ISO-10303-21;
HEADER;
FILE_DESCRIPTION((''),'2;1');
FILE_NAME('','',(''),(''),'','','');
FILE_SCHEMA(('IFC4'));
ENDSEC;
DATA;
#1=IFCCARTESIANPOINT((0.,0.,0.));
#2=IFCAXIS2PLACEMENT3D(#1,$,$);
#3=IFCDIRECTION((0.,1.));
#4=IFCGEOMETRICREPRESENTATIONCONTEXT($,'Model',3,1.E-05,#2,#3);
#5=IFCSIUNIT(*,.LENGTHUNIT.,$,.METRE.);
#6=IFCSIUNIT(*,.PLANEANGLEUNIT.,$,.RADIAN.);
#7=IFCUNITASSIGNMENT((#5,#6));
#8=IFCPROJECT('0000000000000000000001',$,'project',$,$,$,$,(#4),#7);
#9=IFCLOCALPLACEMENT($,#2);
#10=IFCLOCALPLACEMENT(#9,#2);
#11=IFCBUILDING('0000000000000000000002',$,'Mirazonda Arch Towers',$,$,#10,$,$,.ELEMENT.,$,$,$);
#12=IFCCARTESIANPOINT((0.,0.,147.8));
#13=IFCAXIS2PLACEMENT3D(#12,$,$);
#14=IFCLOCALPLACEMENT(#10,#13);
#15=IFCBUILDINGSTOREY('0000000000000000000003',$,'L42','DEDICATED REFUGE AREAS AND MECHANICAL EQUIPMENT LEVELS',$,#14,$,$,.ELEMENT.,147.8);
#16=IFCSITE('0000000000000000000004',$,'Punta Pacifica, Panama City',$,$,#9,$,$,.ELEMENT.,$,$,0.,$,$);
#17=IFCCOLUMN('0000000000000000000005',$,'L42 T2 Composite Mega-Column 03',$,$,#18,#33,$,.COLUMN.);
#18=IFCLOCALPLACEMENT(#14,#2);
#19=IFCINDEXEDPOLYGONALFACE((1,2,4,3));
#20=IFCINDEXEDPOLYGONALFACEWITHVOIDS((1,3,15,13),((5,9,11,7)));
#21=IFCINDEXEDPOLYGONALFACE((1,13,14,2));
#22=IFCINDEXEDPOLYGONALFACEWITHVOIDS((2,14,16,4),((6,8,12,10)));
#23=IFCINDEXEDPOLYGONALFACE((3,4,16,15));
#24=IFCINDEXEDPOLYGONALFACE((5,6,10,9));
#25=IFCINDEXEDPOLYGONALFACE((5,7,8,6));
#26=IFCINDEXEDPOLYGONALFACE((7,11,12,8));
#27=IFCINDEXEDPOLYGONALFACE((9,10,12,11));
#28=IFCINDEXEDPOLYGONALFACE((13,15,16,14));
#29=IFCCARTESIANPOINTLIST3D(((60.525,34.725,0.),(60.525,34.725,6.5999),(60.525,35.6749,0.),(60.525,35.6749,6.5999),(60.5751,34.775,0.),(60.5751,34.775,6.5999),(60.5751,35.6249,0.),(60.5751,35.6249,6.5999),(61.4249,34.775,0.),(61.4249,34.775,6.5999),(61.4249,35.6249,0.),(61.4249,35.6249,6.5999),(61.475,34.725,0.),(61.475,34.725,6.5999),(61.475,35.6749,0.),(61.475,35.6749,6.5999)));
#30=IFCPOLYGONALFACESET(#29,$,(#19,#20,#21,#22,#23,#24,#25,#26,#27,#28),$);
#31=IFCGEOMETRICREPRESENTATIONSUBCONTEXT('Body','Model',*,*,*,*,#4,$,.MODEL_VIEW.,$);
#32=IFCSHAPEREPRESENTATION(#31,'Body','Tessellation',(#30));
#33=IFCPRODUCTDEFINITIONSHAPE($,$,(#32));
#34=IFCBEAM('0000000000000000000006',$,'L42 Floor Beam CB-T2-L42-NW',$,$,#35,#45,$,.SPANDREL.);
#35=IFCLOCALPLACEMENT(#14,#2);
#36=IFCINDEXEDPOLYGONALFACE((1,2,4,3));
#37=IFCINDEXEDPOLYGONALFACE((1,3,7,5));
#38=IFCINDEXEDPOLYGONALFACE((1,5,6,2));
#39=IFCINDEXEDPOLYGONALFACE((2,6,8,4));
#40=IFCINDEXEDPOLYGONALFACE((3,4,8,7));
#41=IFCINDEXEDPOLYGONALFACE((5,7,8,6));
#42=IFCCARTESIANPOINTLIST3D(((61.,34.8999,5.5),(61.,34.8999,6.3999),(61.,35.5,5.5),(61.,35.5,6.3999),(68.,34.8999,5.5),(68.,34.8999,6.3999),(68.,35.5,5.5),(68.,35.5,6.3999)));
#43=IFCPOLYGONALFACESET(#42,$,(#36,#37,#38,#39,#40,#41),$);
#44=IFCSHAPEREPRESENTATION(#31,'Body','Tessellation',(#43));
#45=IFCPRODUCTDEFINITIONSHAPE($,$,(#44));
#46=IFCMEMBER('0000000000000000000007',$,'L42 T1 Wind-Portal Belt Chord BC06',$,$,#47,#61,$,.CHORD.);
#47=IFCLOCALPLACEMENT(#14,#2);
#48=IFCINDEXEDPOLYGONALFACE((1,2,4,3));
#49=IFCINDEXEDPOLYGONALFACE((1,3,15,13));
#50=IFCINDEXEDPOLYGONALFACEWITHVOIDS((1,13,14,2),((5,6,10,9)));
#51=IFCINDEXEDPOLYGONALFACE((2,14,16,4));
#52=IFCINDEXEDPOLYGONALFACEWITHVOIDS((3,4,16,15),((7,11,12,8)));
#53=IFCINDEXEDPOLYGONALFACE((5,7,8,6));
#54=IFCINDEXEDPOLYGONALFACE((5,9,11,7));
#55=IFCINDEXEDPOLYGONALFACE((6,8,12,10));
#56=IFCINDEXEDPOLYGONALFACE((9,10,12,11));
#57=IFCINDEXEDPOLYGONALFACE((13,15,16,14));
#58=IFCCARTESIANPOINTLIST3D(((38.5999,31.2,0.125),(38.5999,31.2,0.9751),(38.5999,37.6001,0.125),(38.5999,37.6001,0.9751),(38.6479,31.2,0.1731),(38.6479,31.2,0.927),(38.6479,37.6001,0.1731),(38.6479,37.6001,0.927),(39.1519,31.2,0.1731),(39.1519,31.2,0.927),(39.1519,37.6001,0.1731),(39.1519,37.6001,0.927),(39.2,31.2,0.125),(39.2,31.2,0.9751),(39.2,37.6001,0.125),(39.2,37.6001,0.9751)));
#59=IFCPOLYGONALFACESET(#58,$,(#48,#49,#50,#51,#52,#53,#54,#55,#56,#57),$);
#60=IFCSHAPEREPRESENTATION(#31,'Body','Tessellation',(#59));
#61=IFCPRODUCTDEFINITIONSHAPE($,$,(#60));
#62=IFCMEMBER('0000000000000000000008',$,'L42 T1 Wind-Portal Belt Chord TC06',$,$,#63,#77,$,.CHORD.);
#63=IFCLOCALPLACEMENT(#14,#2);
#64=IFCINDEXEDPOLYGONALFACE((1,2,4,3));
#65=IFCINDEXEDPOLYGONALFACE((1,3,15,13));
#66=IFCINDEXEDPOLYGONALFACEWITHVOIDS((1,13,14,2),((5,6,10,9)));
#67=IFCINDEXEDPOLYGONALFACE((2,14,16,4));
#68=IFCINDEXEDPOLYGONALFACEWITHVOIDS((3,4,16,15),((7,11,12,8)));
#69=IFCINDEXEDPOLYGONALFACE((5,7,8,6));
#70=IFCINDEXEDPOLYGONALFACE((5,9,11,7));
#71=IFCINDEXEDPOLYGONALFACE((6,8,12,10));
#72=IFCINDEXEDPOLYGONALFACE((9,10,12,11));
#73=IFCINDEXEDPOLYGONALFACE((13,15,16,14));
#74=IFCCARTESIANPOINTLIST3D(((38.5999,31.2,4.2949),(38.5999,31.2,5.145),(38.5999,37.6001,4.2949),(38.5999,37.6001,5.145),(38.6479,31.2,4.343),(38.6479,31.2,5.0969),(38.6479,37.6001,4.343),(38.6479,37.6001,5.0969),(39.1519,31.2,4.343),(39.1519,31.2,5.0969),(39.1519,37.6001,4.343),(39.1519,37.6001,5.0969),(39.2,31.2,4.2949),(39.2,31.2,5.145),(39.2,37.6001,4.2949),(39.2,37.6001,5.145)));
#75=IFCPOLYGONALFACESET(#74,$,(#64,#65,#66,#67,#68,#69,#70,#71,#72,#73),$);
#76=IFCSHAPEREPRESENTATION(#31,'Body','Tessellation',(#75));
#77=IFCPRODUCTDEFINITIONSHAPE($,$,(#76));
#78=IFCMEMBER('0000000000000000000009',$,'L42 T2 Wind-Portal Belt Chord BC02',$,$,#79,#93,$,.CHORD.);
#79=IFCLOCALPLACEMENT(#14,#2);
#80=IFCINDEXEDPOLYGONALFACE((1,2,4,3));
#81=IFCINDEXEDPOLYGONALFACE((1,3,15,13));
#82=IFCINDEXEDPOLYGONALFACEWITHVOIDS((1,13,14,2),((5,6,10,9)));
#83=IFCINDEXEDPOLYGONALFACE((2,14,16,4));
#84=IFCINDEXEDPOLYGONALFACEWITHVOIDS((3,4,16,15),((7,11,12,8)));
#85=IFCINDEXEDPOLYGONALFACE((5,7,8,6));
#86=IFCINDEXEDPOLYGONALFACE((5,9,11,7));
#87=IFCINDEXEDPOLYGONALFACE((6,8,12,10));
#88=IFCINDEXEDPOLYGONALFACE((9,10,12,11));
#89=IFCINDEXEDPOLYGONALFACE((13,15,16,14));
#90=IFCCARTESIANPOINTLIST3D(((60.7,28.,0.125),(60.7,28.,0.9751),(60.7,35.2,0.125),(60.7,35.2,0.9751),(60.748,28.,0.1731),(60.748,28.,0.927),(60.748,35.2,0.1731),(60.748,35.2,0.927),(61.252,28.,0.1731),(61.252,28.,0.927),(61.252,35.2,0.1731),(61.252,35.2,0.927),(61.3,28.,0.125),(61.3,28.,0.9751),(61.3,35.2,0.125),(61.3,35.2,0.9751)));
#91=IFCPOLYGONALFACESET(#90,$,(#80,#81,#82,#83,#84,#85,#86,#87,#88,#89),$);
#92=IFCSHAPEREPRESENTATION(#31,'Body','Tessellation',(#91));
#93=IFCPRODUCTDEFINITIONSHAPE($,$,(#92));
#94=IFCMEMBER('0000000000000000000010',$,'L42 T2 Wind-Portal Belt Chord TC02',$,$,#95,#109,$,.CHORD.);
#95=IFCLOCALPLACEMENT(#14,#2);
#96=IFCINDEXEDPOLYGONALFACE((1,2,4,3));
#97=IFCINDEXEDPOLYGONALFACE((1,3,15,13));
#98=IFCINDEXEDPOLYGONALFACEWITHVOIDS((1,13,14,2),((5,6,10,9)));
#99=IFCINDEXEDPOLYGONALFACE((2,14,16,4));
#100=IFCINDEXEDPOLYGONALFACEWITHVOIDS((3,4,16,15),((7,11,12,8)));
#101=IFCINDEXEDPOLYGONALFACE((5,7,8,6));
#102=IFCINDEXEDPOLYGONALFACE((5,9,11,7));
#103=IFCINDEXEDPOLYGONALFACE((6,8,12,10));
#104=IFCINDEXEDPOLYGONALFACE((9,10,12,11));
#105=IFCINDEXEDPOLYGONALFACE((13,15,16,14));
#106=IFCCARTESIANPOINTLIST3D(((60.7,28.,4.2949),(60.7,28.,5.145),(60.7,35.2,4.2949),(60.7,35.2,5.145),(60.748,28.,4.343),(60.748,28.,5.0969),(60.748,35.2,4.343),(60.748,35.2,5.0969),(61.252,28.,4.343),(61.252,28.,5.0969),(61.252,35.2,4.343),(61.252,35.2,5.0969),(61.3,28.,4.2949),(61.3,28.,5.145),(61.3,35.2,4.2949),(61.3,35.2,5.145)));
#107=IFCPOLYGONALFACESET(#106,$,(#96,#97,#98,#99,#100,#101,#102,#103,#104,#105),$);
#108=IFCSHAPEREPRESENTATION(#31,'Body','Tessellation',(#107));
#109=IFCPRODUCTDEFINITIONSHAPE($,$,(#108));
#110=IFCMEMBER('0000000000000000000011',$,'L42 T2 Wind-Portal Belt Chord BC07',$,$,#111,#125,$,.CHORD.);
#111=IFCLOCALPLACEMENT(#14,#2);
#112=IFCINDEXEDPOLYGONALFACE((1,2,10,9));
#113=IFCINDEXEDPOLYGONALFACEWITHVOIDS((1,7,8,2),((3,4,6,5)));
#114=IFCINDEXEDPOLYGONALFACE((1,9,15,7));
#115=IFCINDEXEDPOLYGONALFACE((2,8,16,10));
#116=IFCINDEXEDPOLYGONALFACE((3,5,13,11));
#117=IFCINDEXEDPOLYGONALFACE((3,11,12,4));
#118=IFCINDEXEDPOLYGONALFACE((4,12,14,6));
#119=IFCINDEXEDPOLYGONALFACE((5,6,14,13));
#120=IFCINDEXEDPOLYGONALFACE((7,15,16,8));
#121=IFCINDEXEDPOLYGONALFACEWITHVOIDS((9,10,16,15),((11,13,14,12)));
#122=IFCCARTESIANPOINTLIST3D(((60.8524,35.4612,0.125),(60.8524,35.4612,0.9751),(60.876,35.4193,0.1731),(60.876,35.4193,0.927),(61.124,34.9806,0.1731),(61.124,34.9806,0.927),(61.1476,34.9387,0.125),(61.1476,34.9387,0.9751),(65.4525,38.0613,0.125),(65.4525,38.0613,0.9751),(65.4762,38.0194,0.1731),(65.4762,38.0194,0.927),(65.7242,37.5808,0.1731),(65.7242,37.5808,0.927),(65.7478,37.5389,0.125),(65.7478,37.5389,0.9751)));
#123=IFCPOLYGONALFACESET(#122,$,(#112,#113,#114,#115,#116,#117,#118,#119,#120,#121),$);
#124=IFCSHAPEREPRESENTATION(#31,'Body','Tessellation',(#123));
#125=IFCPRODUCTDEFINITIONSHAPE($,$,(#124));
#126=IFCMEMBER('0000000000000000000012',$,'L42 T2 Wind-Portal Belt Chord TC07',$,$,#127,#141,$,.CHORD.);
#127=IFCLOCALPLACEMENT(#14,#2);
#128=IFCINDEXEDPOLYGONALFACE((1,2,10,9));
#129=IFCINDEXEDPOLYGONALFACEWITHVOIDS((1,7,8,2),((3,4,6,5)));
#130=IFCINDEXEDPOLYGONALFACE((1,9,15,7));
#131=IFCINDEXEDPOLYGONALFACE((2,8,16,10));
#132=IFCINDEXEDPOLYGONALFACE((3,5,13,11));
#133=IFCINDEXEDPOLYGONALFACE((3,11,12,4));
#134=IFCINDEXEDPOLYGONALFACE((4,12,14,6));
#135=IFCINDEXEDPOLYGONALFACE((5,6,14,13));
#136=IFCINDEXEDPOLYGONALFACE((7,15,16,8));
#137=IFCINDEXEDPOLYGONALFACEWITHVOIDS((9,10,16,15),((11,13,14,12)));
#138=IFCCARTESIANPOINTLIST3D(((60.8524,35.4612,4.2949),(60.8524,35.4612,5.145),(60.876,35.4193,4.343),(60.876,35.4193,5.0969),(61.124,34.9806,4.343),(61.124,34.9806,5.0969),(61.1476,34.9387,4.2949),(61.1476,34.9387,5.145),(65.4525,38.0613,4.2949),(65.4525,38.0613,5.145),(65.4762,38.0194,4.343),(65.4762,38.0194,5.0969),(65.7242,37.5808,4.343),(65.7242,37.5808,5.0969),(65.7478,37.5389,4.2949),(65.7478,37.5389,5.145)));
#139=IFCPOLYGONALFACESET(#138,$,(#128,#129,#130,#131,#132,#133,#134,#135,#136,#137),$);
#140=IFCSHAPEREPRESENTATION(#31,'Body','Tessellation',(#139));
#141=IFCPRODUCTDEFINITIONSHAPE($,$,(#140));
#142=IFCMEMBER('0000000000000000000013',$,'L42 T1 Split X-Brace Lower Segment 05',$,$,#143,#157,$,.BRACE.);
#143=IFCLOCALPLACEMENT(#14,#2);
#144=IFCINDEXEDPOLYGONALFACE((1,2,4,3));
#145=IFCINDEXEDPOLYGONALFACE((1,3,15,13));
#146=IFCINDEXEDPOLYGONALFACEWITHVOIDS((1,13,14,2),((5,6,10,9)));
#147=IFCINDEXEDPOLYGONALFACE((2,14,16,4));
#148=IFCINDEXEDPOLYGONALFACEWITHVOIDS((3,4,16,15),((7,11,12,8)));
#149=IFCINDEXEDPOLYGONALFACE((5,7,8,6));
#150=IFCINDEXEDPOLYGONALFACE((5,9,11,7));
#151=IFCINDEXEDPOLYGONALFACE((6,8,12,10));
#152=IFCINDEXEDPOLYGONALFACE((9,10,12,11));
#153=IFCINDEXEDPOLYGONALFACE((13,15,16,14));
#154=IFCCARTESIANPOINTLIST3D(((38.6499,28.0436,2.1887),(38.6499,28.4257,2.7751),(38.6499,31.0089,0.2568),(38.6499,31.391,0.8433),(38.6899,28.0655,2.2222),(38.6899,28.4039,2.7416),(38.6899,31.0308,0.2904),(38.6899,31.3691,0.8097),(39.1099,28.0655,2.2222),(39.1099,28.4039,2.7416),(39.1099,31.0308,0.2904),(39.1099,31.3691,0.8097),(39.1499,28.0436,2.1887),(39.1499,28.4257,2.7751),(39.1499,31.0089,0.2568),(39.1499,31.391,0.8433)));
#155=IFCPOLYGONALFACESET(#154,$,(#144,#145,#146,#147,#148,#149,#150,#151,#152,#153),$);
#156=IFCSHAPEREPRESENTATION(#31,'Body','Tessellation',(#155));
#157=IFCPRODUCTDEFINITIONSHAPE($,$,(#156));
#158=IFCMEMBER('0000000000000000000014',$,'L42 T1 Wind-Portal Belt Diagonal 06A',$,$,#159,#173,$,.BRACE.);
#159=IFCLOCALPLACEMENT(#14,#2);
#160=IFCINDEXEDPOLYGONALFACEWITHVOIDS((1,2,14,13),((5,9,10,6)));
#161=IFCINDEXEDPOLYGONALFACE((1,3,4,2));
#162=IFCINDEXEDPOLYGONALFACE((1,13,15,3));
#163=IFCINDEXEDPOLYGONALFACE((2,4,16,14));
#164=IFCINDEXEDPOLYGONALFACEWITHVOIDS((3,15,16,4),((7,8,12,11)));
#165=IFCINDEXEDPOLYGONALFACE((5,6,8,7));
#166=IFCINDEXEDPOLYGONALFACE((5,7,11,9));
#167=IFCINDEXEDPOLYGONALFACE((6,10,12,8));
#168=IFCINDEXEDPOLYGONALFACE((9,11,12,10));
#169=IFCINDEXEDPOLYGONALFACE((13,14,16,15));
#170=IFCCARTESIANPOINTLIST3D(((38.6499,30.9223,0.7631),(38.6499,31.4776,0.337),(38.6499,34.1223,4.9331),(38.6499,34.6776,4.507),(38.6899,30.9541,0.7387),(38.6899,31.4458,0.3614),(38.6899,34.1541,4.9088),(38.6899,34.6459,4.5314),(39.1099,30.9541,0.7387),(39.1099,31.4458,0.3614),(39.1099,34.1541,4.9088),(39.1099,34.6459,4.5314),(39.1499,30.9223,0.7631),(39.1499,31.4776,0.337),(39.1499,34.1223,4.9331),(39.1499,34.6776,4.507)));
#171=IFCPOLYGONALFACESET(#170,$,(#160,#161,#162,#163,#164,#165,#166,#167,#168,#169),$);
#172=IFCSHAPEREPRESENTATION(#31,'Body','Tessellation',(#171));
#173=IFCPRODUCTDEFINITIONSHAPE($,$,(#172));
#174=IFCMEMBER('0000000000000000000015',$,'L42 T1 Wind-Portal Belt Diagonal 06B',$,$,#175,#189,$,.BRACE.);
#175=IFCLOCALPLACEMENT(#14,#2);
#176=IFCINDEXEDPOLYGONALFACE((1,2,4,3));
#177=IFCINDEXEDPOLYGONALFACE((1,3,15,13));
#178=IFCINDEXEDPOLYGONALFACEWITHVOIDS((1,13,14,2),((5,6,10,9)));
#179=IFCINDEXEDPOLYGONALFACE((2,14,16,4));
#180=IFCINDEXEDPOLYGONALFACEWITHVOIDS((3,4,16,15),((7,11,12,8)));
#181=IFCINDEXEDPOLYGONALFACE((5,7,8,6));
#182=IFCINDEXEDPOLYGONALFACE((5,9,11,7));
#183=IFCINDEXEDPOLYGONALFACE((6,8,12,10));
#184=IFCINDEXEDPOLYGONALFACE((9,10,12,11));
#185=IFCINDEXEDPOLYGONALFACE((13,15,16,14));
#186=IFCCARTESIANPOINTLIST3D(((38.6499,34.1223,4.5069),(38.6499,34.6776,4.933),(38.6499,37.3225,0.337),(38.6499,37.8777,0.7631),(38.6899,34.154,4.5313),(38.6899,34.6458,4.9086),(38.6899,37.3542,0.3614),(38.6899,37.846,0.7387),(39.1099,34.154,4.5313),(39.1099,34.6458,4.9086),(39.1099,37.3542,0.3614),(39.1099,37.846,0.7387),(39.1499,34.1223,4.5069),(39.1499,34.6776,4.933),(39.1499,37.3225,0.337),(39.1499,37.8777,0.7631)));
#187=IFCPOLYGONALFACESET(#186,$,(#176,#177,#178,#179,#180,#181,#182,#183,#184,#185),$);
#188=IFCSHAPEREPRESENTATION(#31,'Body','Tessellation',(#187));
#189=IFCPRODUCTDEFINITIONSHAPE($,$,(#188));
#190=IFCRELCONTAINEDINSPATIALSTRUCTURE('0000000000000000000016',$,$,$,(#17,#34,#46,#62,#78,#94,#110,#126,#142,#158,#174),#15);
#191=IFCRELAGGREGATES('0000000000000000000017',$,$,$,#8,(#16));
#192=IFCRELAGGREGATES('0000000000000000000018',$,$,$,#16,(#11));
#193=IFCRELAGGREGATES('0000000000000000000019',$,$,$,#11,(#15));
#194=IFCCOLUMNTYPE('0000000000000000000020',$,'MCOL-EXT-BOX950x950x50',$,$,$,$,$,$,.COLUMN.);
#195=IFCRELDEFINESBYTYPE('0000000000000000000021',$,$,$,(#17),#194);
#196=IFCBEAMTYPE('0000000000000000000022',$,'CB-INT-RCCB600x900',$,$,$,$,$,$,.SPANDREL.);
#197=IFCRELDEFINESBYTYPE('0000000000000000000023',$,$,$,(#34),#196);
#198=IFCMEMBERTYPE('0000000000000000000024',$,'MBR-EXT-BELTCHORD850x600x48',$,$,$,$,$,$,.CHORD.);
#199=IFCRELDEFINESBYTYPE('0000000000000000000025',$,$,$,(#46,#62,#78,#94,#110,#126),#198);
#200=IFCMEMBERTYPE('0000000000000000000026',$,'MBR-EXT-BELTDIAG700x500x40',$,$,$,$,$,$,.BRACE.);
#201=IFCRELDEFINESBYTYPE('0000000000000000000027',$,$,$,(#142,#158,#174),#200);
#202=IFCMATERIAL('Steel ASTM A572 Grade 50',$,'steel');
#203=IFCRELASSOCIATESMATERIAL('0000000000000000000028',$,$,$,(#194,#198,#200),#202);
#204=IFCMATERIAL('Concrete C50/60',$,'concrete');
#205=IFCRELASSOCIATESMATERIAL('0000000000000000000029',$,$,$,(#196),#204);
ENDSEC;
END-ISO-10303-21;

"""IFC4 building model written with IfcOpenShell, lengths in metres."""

from ifc_helpers import new_model, si_unit, direction, frame, origin, origin_2d, place, context, subcontext, project, spatial, rectangle, hollow_rectangle, extrude, material, material_profile, profile_set, type_object, element, save


model = new_model("IFC4")

# Units and contexts
model_context = context("Model", 3, precision=1e-05, world=origin(), true_north=direction((0.0, 1.0)))
body_context = subcontext(model_context, "Body", "Model", "MODEL_VIEW")
ifc_project = project(units=[si_unit("LENGTHUNIT", "METRE"), si_unit("PLANEANGLEUNIT", "RADIAN")], contexts=[model_context])

# Site, building, storey
site_placement = place(None, origin())
site = spatial("IfcSite", under=ifc_project, at=site_placement, Name="Punta Pacifica, Panama City", CompositionType="ELEMENT", RefElevation=0.0)
building_placement = place(site_placement, origin())
building = spatial("IfcBuilding", under=site, at=building_placement, Name="Mirazonda Arch Towers", CompositionType="ELEMENT")
storey_placement = place(building_placement, frame((0.0, 0.0, 147.8)))
storey = spatial("IfcBuildingStorey", under=building, at=storey_placement, Name="L42", Description="DEDICATED REFUGE AREAS AND MECHANICAL EQUIPMENT LEVELS", CompositionType="ELEMENT", Elevation=147.8)

# Column
ifc_material_1 = material(Name="Steel ASTM A572 Grade 50", Category="steel")
ifc_material_profile_1 = material_profile(ifc_material_1, hollow_rectangle(XDim=0.95, YDim=0.95, WallThickness=0.05, at=origin_2d()), Name="BOX950x950x50")
ifc_profile_set_1 = profile_set([ifc_material_profile_1], Name="Steel ASTM A572 Grade 50")
column_type = type_object("IfcColumnType", Name="MCOL-EXT-BOX950x950x50", PredefinedType="COLUMN", material=ifc_profile_set_1)
column_placement = place(storey_placement, frame((61.0, 35.2, 0.0), z_axis=(0.0, 0.0, 1.0), x_axis=(1.0, 0.0, 0.0)))
element("IfcColumn", 1, at=column_placement, inside=storey, type_object=column_type, Name="L42 T2 Composite Mega-Column 03", PredefinedType="COLUMN", context=body_context, shape_type="SweptSolid", body=[
    extrude(hollow_rectangle(XDim=0.95, YDim=0.95, WallThickness=0.05, at=origin_2d()), origin(), (0.0, 0.0, 1.0), 6.5999),
])

# Beam
ifc_material_2 = material(Name="Concrete C50/60", Category="concrete")
ifc_material_profile_2 = material_profile(ifc_material_2, rectangle(XDim=0.6001, YDim=0.8999, at=origin_2d()), Name="RCCB600x900")
ifc_profile_set_2 = profile_set([ifc_material_profile_2], Name="Concrete C50/60")
beam_type = type_object("IfcBeamType", Name="CB-INT-RCCB600x900", PredefinedType="SPANDREL", material=ifc_profile_set_2)
beam_placement = place(storey_placement, frame((61.0, 35.2, 5.95), z_axis=(1.0, 0.0, 0.0), x_axis=(0.0, 1.0, 0.0)))
element("IfcBeam", 2, at=beam_placement, inside=storey, type_object=beam_type, Name="L42 Floor Beam CB-T2-L42-NW", PredefinedType="SPANDREL", context=body_context, shape_type="SweptSolid", body=[
    extrude(rectangle(XDim=0.6001, YDim=0.8999, at=origin_2d()), origin(), (0.0, 0.0, 1.0), 7.0),
])

# Members
ifc_material_profile_3 = material_profile(ifc_material_1, hollow_rectangle(XDim=0.6001, YDim=0.8501, WallThickness=0.0481, at=origin_2d()), Name="BELTCHORD850x600x48")
ifc_profile_set_3 = profile_set([ifc_material_profile_3], Name="Steel ASTM A572 Grade 50")
member_type_1 = type_object("IfcMemberType", Name="MBR-EXT-BELTCHORD850x600x48", PredefinedType="CHORD", material=ifc_profile_set_3)
for number, where, z_axis, x_axis, name in (
    (3, (38.8999, 31.2, 0.55), (0.0, 1.0, 0.0), (-1.0, 0.0, 0.0), "L42 T1 Wind-Portal Belt Chord BC06"),
    (4, (38.8999, 31.2, 4.72), (0.0, 1.0, 0.0), (-1.0, 0.0, 0.0), "L42 T1 Wind-Portal Belt Chord TC06"),
):
    element("IfcMember", number, at=place(storey_placement, frame(where, z_axis=z_axis, x_axis=x_axis)), inside=storey, type_object=member_type_1, Name=name, PredefinedType="CHORD", context=body_context, shape_type="SweptSolid", body=[
        extrude(hollow_rectangle(XDim=0.6001, YDim=0.8501, WallThickness=0.0481, at=origin_2d()), origin(), (0.0, 0.0, 1.0), 6.4001),
    ])
for number, where, z_axis, x_axis, name in (
    (5, (61.0, 28.0, 0.55), (0.0, 1.0, 0.0), (-1.0, 0.0, 0.0), "L42 T2 Wind-Portal Belt Chord BC02"),
    (6, (61.0, 28.0, 4.72), (0.0, 1.0, 0.0), (-1.0, 0.0, 0.0), "L42 T2 Wind-Portal Belt Chord TC02"),
):
    element("IfcMember", number, at=place(storey_placement, frame(where, z_axis=z_axis, x_axis=x_axis)), inside=storey, type_object=member_type_1, Name=name, PredefinedType="CHORD", context=body_context, shape_type="SweptSolid", body=[
        extrude(hollow_rectangle(XDim=0.6001, YDim=0.8501, WallThickness=0.0481, at=origin_2d()), origin(), (0.0, 0.0, 1.0), 7.2),
    ])
for number, where, z_axis, x_axis, name in (
    (7, (61.0, 35.2, 0.55), (0.870559, 0.492063, 0.0), (-0.492063, 0.870559, 0.0), "L42 T2 Wind-Portal Belt Chord BC07"),
    (8, (61.0, 35.2, 4.72), (0.870559, 0.492063, 0.0), (-0.492063, 0.870559, 0.0), "L42 T2 Wind-Portal Belt Chord TC07"),
):
    element("IfcMember", number, at=place(storey_placement, frame(where, z_axis=z_axis, x_axis=x_axis)), inside=storey, type_object=member_type_1, Name=name, PredefinedType="CHORD", context=body_context, shape_type="SweptSolid", body=[
        extrude(hollow_rectangle(XDim=0.6001, YDim=0.8501, WallThickness=0.0481, at=origin_2d()), origin(), (0.0, 0.0, 1.0), 5.2842),
    ])
ifc_material_profile_4 = material_profile(ifc_material_1, hollow_rectangle(XDim=0.5, YDim=0.7, WallThickness=0.04, at=origin_2d()), Name="BELTDIAG700x500x40")
ifc_profile_set_4 = profile_set([ifc_material_profile_4], Name="Steel ASTM A572 Grade 50")
member_type_2 = type_object("IfcMemberType", Name="MBR-EXT-BELTDIAG700x500x40", PredefinedType="BRACE", material=ifc_profile_set_4)
member_1_placement = place(storey_placement, frame((38.8999, 31.2, 0.55), z_axis=(0.0, -0.837873, 0.545866), x_axis=(1.0, 0.0, 0.0)))
element("IfcMember", 9, at=member_1_placement, inside=storey, type_object=member_type_2, Name="L42 T1 Split X-Brace Lower Segment 05", PredefinedType="BRACE", context=body_context, shape_type="SweptSolid", body=[
    extrude(hollow_rectangle(XDim=0.5, YDim=0.7, WallThickness=0.04, at=origin_2d()), origin(), (0.0, 0.0, 1.0), 3.5391),
])
for number, where, z_axis, x_axis, name in (
    (10, (38.8999, 31.2, 0.55), (0.0, 0.608792, 0.79333), (-1.0, 0.0, 0.0), "L42 T1 Wind-Portal Belt Diagonal 06A"),
    (11, (38.8999, 37.6001, 0.55), (0.0, -0.608822, 0.793307), (1.0, 0.0, 0.0), "L42 T1 Wind-Portal Belt Diagonal 06B"),
):
    element("IfcMember", number, at=place(storey_placement, frame(where, z_axis=z_axis, x_axis=x_axis)), inside=storey, type_object=member_type_2, Name=name, PredefinedType="BRACE", context=body_context, shape_type="SweptSolid", body=[
        extrude(hollow_rectangle(XDim=0.5, YDim=0.7, WallThickness=0.04, at=origin_2d()), origin(), (0.0, 0.0, 1.0), 5.2563),
    ])

save(model, "model.ifc")
